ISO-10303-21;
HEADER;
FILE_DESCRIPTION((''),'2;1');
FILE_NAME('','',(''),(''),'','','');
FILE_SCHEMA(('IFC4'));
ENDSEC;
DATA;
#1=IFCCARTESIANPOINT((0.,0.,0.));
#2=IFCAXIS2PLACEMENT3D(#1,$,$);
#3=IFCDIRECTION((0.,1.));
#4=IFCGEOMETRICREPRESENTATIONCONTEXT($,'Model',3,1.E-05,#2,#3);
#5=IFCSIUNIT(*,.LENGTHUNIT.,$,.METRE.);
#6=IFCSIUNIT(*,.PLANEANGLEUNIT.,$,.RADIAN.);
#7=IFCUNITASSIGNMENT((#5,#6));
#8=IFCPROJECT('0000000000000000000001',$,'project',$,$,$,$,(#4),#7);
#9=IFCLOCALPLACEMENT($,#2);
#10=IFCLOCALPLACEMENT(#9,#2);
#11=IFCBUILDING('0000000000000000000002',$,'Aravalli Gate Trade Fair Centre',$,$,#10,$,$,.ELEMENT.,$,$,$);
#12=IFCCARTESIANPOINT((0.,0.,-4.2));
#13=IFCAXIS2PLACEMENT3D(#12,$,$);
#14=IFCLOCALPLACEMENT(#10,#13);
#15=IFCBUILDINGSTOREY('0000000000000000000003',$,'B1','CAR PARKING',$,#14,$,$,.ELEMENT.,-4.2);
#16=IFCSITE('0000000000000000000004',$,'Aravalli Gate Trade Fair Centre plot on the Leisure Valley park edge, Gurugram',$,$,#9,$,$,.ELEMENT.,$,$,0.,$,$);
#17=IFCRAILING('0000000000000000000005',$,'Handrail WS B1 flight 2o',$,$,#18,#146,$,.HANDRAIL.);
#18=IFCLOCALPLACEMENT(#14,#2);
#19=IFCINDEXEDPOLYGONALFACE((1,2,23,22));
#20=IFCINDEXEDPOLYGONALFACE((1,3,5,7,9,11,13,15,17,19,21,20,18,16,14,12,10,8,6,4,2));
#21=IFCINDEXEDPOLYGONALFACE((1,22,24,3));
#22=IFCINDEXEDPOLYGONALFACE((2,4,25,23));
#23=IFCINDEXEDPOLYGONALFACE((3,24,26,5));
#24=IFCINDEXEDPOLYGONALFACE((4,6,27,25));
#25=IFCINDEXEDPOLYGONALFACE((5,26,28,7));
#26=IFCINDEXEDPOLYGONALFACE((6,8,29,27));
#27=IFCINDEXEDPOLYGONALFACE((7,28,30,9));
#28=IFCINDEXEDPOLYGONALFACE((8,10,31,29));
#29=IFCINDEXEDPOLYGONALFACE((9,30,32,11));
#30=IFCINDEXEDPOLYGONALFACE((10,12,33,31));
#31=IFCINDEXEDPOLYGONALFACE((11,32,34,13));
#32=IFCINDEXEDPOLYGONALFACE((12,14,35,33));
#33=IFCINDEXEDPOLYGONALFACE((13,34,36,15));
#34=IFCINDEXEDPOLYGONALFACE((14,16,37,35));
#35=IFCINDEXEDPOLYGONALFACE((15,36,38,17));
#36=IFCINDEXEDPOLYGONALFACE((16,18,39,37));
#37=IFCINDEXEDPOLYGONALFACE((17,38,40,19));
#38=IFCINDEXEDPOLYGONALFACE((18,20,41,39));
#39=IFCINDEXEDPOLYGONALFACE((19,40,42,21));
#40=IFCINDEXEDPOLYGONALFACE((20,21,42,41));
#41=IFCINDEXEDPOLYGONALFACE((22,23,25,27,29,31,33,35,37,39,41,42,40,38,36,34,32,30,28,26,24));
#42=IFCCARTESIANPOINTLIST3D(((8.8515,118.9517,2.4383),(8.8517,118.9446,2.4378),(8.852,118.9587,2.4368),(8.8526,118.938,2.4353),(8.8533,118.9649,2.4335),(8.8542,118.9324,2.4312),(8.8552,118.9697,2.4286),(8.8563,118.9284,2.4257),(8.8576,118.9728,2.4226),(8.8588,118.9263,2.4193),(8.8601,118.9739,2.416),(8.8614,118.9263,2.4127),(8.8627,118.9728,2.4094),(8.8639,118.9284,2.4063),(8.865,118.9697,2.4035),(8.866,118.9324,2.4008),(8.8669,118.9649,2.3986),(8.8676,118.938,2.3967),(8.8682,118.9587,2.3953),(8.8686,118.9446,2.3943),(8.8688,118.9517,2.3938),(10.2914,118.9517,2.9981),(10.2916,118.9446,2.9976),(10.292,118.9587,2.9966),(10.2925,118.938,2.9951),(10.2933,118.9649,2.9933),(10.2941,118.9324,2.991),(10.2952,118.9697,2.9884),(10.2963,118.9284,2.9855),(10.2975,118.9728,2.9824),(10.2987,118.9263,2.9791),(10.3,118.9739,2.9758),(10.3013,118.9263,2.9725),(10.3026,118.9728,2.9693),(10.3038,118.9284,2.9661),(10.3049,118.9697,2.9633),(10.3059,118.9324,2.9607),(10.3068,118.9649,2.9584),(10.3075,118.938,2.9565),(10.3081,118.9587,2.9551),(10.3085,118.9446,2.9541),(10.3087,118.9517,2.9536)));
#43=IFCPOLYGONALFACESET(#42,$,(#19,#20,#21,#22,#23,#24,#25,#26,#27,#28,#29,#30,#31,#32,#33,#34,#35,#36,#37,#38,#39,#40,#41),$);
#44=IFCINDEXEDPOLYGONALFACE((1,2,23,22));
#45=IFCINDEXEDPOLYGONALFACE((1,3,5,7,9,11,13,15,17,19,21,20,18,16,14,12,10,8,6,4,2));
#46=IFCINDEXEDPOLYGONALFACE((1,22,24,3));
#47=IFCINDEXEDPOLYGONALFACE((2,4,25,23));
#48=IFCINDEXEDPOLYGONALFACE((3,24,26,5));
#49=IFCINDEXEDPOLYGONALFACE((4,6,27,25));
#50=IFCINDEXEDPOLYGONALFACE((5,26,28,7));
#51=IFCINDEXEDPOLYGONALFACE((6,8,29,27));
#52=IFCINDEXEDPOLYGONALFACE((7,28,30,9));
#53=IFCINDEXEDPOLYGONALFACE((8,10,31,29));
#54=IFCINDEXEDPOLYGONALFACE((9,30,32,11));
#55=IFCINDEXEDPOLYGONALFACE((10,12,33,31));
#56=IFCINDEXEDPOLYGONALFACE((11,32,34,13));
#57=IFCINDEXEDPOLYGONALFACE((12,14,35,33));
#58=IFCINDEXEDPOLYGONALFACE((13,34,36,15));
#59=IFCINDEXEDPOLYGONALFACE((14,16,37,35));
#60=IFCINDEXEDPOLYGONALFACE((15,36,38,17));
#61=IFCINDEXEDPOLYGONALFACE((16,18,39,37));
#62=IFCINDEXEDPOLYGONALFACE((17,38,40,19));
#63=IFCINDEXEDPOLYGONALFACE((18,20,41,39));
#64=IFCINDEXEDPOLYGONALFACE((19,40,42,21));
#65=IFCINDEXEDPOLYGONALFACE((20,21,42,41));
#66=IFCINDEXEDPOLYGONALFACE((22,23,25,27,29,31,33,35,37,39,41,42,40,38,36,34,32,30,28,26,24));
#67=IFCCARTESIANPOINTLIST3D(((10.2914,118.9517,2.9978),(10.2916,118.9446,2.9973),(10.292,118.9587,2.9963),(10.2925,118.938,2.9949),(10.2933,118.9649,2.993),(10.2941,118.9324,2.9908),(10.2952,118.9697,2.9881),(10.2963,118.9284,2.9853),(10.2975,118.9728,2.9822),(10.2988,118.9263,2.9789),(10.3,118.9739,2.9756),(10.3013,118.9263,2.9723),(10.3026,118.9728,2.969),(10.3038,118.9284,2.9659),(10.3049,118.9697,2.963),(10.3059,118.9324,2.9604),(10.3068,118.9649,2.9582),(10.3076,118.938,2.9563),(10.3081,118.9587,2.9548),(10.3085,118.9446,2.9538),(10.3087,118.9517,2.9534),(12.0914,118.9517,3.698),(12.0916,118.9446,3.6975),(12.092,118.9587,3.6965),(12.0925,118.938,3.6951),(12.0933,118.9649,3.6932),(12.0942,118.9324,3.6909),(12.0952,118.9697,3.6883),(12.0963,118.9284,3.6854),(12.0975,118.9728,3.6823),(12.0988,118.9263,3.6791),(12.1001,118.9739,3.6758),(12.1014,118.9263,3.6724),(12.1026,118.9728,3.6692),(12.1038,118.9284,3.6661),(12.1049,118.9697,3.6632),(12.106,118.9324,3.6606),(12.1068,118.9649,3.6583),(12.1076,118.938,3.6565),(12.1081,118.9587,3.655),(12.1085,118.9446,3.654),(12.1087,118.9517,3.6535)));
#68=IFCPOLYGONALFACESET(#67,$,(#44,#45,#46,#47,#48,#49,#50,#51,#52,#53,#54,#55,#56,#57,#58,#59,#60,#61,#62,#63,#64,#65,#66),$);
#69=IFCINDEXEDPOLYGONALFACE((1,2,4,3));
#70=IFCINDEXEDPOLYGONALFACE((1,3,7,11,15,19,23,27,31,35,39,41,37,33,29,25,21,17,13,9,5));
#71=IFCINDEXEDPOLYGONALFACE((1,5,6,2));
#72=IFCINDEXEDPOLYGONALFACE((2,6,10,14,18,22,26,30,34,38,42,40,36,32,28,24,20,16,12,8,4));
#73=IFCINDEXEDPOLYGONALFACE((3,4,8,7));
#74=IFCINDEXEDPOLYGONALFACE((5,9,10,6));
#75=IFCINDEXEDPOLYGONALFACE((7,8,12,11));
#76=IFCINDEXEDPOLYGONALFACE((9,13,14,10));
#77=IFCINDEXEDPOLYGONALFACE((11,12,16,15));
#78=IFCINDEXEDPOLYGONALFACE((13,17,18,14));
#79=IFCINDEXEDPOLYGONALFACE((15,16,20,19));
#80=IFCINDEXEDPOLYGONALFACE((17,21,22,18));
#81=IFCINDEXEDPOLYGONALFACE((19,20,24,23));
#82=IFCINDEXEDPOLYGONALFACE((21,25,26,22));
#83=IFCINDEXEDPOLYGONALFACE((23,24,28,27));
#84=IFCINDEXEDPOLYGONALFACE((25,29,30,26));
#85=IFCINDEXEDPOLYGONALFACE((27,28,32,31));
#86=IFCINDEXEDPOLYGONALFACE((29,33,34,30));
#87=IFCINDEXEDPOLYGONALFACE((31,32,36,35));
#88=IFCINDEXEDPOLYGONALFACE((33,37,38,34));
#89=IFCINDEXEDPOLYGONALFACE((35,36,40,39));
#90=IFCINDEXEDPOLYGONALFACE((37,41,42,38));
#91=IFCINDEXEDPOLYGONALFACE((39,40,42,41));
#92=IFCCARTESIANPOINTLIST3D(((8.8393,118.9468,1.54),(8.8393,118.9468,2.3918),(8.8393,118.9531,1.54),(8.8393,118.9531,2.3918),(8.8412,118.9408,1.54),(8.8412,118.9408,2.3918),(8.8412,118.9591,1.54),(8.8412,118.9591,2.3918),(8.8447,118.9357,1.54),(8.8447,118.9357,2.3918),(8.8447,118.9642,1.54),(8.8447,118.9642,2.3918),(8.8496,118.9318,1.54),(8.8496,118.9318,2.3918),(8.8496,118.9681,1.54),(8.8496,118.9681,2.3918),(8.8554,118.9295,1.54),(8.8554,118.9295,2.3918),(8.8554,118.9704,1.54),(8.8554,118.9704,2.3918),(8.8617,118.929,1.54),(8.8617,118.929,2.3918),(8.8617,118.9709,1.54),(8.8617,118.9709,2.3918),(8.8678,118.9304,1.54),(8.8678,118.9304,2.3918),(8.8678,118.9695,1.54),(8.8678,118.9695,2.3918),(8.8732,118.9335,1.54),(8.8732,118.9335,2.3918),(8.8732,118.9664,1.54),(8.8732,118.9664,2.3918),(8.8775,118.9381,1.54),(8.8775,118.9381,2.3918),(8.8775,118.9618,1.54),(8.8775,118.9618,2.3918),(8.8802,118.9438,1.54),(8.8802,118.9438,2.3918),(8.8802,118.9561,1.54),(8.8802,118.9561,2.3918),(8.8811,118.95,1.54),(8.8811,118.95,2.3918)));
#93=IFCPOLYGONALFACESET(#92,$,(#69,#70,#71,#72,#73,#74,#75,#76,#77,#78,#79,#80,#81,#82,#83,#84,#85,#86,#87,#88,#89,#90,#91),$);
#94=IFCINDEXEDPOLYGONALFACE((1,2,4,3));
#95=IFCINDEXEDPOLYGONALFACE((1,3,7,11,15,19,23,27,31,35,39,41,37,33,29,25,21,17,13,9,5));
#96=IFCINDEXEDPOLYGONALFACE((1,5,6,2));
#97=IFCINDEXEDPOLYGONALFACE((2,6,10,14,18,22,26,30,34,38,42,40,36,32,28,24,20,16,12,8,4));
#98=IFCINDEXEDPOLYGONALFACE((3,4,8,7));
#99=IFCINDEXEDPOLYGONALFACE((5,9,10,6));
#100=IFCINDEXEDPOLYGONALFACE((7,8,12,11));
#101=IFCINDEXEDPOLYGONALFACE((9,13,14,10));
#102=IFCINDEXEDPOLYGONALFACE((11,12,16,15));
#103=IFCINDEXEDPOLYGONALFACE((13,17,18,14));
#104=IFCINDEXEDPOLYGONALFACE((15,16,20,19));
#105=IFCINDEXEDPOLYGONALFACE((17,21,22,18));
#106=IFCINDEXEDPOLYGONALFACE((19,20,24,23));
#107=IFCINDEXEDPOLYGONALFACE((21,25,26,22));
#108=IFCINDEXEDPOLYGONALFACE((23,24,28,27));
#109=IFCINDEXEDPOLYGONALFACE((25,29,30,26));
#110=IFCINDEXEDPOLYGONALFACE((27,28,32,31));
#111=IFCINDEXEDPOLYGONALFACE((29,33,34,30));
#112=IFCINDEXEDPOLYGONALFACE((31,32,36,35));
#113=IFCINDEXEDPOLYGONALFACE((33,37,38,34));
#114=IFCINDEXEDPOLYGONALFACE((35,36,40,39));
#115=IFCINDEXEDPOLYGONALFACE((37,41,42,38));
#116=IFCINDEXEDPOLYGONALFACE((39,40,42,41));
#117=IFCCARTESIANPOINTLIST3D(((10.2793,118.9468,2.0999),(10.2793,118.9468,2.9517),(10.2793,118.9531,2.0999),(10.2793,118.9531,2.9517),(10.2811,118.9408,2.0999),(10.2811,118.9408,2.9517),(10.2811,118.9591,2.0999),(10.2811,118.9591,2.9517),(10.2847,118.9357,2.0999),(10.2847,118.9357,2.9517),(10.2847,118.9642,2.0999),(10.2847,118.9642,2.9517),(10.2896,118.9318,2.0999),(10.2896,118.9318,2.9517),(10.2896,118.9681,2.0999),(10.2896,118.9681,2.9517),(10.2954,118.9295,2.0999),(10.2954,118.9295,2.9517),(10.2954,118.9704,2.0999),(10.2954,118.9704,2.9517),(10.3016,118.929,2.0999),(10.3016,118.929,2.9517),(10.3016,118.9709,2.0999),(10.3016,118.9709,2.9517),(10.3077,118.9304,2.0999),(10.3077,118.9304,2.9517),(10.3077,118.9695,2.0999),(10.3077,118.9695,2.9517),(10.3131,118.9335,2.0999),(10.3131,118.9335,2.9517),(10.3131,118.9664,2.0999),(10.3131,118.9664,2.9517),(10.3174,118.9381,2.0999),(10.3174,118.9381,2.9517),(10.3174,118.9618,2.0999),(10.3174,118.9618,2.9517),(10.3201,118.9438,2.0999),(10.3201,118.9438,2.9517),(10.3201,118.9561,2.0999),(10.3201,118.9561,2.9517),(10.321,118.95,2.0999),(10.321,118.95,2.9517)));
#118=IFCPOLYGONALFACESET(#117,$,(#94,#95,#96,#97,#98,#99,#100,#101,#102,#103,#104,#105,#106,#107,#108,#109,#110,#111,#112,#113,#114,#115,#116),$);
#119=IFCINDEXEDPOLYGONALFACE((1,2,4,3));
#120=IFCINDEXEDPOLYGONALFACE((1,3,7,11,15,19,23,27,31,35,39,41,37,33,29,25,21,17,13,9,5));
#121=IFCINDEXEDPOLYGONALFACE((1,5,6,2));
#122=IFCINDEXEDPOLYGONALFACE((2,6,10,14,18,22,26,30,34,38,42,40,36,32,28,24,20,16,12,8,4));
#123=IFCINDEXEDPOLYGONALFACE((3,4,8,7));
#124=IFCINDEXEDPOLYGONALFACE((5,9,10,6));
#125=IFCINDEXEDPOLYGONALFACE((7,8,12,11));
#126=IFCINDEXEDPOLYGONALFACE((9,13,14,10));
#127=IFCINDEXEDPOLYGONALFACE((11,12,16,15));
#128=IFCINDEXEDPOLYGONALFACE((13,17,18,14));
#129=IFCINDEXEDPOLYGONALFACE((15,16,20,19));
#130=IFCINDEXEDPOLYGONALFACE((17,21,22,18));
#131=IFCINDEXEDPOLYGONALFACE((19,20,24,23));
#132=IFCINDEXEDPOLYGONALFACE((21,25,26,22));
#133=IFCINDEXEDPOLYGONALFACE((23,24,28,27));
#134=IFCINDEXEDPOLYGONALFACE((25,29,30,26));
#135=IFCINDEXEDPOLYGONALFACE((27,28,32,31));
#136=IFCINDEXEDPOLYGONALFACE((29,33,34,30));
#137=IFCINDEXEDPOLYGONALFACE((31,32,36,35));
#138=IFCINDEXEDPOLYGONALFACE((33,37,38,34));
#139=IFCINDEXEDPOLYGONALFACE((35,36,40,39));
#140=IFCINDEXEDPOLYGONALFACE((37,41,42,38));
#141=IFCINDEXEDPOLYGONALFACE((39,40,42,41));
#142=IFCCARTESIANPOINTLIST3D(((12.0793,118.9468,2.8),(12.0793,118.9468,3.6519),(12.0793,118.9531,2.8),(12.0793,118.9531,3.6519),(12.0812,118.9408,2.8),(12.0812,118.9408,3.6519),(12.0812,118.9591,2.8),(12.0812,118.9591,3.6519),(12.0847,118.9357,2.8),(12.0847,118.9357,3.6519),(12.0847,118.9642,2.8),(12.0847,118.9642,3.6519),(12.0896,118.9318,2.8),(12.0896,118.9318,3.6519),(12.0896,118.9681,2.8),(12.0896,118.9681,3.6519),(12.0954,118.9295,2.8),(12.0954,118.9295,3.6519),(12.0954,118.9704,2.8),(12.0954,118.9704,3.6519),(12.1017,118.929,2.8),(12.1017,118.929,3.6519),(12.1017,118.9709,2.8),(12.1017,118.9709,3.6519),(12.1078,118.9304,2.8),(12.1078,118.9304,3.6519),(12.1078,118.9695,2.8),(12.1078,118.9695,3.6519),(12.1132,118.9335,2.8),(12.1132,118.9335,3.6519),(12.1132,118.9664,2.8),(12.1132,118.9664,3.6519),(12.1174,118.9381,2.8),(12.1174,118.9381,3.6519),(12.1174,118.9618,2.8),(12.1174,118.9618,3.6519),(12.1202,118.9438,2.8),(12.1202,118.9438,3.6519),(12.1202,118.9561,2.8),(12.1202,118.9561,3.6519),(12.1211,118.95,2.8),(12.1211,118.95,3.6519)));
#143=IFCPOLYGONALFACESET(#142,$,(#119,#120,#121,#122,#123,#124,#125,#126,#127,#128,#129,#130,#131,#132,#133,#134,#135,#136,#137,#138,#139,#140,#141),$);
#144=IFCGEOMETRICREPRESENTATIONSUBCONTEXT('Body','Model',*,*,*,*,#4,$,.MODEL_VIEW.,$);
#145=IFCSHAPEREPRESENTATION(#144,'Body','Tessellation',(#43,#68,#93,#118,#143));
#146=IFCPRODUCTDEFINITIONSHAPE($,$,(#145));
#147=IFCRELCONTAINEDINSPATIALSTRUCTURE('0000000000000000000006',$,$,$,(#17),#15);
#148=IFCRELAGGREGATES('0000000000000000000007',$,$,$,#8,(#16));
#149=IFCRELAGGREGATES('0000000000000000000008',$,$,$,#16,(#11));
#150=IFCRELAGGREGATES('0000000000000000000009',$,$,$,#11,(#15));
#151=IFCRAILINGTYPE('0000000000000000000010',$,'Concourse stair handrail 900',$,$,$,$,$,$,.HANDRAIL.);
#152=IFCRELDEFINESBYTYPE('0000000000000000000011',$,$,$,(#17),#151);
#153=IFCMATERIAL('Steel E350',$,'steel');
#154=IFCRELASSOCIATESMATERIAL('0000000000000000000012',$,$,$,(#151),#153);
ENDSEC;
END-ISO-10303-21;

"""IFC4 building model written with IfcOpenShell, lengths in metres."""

from ifc_helpers import new_model, si_unit, direction, frame, origin, origin_2d, place, context, subcontext, project, spatial, circle, extrude, material, type_object, element, save


model = new_model("IFC4")

# Units and contexts
model_context = context("Model", 3, precision=1e-05, world=origin(), true_north=direction((0.0, 1.0)))
body_context = subcontext(model_context, "Body", "Model", "MODEL_VIEW")
ifc_project = project(units=[si_unit("LENGTHUNIT", "METRE"), si_unit("PLANEANGLEUNIT", "RADIAN")], contexts=[model_context])

# Site, building, storey
site_placement = place(None, origin())
site = spatial("IfcSite", under=ifc_project, at=site_placement, Name="Aravalli Gate Trade Fair Centre plot on the Leisure Valley park edge, Gurugram", CompositionType="ELEMENT", RefElevation=0.0)
building_placement = place(site_placement, origin())
building = spatial("IfcBuilding", under=site, at=building_placement, Name="Aravalli Gate Trade Fair Centre", CompositionType="ELEMENT")
storey_placement = place(building_placement, frame((0.0, 0.0, -4.2)))
storey = spatial("IfcBuildingStorey", under=building, at=storey_placement, Name="B1", Description="CAR PARKING", CompositionType="ELEMENT", Elevation=-4.2)

# Railing
ifc_material_1 = material(Name="Steel E350", Category="steel")
railing_type = type_object("IfcRailingType", Name="Concourse stair handrail 900", PredefinedType="HANDRAIL", material=ifc_material_1)
railing_placement = place(storey_placement, frame((8.8601, 118.95, 1.54)))
element("IfcRailing", 1, at=railing_placement, inside=storey, type_object=railing_type, Name="Handrail WS B1 flight 2o", PredefinedType="HANDRAIL", context=body_context, shape_type="SweptSolid", body=[
    extrude(circle(Radius=0.0239, at=origin_2d()), frame((0.0, 0.0, 0.876), z_axis=(0.93204, 0.0, 0.362355), x_axis=(0.0, 1.0, 0.0)), (0.0, 0.0, 1.0), 1.5449),
    extrude(circle(Radius=0.0239, at=origin_2d()), frame((1.4399, 0.0, 1.4355), z_axis=(0.931974, 0.0, 0.362526), x_axis=(0.0, 1.0, 0.0)), (0.0, 0.0, 1.0), 1.9314),
    extrude(circle(Radius=0.021, at=origin_2d()), origin(), (0.0, 0.0, 1.0), 0.8518),
    extrude(circle(Radius=0.021, at=origin_2d()), frame((1.4399, 0.0, 0.5598)), (0.0, 0.0, 1.0), 0.8518),
    extrude(circle(Radius=0.021, at=origin_2d()), frame((3.24, 0.0, 1.26)), (0.0, 0.0, 1.0), 0.8518),
])

save(model, "model.ifc")
